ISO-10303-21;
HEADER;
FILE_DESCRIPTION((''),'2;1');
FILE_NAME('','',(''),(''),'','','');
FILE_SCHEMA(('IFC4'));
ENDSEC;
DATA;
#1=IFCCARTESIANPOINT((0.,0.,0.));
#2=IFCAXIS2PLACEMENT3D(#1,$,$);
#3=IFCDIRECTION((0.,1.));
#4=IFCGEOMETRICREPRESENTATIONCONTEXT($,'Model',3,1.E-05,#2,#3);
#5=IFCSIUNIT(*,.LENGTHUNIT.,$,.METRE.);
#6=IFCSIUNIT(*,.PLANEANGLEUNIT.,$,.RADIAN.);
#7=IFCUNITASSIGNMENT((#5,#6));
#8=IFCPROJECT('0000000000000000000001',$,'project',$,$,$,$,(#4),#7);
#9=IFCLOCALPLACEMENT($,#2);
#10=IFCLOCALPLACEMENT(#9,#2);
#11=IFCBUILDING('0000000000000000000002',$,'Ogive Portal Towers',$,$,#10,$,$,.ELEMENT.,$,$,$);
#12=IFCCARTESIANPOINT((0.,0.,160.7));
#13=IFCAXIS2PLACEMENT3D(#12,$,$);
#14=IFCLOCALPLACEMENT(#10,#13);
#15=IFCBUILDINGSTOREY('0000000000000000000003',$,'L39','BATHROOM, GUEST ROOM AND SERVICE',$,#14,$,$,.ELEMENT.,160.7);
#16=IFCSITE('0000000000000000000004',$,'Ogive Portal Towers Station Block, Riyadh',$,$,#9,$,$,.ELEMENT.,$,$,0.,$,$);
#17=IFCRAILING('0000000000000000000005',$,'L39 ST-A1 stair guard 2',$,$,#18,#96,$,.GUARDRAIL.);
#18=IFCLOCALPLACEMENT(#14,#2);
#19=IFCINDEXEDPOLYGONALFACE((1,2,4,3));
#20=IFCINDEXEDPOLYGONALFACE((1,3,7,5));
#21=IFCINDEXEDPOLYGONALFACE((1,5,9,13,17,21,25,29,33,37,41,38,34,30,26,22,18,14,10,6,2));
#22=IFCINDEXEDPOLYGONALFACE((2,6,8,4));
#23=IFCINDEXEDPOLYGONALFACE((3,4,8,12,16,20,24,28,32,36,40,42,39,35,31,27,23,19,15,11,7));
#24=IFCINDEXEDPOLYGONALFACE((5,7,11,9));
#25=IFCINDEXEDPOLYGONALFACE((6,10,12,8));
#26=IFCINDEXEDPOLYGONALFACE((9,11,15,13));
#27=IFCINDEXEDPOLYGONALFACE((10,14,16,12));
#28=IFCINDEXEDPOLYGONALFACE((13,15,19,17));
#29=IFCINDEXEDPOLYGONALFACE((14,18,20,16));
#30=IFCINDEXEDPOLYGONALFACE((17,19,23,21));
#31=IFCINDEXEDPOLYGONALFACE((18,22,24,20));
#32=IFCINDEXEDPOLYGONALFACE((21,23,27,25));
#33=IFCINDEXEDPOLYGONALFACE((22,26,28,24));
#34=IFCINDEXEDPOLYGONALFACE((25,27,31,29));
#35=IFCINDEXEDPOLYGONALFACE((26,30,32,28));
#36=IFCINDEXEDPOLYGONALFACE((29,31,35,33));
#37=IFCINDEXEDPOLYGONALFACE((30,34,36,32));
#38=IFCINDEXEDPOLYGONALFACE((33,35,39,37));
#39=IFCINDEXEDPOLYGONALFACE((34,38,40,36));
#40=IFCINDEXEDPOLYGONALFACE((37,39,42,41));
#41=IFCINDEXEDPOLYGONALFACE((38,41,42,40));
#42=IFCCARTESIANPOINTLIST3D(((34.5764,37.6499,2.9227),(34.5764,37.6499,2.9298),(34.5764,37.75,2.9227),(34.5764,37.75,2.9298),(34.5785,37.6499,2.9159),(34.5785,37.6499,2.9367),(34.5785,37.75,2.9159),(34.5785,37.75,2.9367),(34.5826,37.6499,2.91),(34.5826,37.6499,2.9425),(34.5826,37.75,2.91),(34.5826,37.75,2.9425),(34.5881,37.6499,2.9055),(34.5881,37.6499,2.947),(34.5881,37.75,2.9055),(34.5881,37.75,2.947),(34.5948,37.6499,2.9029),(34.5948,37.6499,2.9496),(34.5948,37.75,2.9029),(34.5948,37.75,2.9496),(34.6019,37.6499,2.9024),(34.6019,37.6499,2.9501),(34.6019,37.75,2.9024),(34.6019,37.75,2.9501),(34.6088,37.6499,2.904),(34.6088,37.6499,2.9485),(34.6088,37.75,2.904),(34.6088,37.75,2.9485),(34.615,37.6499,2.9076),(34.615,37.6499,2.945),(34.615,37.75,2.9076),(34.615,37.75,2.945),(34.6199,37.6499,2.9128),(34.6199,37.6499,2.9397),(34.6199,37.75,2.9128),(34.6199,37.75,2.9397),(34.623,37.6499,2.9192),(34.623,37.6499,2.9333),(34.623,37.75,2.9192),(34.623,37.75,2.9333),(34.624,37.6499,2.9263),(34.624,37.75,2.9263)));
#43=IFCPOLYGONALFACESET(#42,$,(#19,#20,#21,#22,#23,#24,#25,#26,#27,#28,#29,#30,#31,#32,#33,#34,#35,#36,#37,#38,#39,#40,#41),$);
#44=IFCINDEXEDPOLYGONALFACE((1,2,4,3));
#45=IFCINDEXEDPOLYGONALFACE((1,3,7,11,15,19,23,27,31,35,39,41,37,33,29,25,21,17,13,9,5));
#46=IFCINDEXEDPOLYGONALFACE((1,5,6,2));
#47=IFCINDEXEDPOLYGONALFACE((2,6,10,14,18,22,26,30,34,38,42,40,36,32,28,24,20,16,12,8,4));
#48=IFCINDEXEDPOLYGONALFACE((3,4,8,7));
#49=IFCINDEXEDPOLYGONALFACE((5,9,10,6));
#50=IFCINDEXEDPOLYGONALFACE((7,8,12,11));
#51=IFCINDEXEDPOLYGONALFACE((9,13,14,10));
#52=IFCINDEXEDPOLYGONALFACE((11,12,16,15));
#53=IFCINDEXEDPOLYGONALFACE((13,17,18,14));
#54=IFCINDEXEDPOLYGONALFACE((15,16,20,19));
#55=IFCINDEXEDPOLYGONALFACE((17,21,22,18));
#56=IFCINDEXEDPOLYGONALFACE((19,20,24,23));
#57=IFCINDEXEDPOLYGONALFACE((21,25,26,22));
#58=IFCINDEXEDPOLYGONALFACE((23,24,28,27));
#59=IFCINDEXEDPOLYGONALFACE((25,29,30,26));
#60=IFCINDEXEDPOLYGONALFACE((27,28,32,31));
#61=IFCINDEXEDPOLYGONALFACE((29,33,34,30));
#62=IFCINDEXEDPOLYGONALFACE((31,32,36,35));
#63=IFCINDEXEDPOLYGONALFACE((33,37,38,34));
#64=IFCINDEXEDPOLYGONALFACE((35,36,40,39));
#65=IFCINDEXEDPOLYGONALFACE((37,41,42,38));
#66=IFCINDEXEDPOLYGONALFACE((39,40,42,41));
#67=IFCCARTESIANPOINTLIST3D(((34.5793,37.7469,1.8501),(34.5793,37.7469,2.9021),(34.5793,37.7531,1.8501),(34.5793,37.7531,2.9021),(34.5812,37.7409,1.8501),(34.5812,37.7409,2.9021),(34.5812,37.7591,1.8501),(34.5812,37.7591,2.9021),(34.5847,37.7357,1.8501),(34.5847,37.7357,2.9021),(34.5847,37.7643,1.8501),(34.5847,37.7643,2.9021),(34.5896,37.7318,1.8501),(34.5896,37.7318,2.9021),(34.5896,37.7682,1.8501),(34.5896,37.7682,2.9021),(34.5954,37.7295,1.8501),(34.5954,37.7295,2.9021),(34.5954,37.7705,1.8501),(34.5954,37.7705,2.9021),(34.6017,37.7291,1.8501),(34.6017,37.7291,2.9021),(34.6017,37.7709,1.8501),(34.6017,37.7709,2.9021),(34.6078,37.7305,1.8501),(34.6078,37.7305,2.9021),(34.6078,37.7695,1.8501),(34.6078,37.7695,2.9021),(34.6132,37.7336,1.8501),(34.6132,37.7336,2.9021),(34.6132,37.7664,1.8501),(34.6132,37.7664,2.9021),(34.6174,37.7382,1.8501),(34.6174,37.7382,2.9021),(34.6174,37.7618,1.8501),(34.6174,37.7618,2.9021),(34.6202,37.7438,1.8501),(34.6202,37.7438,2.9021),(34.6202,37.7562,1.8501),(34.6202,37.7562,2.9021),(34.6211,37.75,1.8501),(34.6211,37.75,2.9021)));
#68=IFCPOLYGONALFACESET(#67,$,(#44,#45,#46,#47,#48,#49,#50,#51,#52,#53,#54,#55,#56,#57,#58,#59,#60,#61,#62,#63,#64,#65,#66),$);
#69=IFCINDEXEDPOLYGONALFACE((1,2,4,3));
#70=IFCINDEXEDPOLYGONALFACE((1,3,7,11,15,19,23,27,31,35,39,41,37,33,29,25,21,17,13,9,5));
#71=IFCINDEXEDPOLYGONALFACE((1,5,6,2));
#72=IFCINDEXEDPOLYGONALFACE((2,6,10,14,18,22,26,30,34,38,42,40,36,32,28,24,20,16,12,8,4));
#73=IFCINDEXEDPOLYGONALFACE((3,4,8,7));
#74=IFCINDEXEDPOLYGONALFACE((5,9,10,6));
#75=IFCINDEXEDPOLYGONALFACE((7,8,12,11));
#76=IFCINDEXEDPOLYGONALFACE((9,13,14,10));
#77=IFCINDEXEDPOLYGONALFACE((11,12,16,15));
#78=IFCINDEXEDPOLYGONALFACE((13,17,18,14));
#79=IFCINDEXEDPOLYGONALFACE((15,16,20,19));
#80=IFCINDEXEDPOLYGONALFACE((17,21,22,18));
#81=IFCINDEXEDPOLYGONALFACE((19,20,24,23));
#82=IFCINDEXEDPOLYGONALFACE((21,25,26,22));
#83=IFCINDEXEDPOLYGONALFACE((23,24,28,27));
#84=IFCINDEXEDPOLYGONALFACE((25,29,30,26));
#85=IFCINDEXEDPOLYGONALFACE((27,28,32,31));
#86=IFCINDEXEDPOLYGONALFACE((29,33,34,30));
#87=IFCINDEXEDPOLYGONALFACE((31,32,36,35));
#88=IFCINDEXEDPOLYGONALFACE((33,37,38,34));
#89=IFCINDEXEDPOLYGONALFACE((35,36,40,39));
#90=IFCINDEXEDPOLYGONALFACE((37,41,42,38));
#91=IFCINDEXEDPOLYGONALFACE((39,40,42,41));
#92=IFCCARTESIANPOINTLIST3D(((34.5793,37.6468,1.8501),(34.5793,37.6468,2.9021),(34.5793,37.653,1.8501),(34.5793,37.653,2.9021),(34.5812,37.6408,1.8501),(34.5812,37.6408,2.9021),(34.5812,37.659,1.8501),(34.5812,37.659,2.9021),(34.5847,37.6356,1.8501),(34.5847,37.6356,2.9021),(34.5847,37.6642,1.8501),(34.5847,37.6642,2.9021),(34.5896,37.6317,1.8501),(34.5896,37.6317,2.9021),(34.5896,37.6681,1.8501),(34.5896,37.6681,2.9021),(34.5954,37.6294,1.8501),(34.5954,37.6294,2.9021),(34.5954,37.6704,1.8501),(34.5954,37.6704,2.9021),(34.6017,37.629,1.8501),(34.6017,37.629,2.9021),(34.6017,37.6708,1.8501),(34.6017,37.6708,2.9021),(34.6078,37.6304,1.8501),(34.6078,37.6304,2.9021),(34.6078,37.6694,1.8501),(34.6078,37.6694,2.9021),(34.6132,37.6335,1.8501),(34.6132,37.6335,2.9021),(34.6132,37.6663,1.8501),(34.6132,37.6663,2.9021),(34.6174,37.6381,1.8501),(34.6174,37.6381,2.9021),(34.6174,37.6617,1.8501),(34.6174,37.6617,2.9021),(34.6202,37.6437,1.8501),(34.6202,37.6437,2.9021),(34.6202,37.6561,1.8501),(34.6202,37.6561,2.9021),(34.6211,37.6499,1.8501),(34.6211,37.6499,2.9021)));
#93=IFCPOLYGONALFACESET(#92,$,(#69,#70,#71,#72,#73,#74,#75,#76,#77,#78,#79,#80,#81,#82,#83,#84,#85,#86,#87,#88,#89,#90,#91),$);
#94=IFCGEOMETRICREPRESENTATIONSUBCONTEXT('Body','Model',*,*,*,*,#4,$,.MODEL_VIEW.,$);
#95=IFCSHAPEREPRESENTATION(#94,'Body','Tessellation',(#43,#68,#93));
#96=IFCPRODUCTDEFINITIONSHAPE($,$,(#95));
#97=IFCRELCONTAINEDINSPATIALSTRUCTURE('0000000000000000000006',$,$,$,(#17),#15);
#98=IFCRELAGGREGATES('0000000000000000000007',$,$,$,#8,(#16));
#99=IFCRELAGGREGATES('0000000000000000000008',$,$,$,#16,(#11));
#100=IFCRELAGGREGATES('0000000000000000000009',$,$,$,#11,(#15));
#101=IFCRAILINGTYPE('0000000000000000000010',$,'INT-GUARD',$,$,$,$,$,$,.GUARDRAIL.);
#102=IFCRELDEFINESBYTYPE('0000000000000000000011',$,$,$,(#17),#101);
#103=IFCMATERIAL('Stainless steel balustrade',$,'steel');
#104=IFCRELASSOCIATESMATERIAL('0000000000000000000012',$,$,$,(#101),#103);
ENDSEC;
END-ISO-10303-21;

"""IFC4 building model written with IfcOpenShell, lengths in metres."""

from ifc_helpers import new_model, si_unit, direction, frame, origin, origin_2d, place, context, subcontext, project, spatial, circle, extrude, material, type_object, element, save


model = new_model("IFC4")

# Units and contexts
model_context = context("Model", 3, precision=1e-05, world=origin(), true_north=direction((0.0, 1.0)))
body_context = subcontext(model_context, "Body", "Model", "MODEL_VIEW")
ifc_project = project(units=[si_unit("LENGTHUNIT", "METRE"), si_unit("PLANEANGLEUNIT", "RADIAN")], contexts=[model_context])

# Site, building, storey
site_placement = place(None, origin())
site = spatial("IfcSite", under=ifc_project, at=site_placement, Name="Ogive Portal Towers Station Block, Riyadh", CompositionType="ELEMENT", RefElevation=0.0)
building_placement = place(site_placement, origin())
building = spatial("IfcBuilding", under=site, at=building_placement, Name="Ogive Portal Towers", CompositionType="ELEMENT")
storey_placement = place(building_placement, frame((0.0, 0.0, 160.7)))
storey = spatial("IfcBuildingStorey", under=building, at=storey_placement, Name="L39", Description="BATHROOM, GUEST ROOM AND SERVICE", CompositionType="ELEMENT", Elevation=160.7)

# Railing
ifc_material_1 = material(Name="Stainless steel balustrade", Category="steel")
railing_type_1 = type_object("IfcRailingType", Name="INT-GUARD", PredefinedType="GUARDRAIL", material=ifc_material_1)
railing_1_placement = place(storey_placement, frame((34.6001, 37.75, 1.8501)))
element("IfcRailing", 1, at=railing_1_placement, inside=storey, type_object=railing_type_1, Name="L39 ST-A1 stair guard 2", PredefinedType="GUARDRAIL", context=body_context, shape_type="SweptSolid", body=[
    extrude(circle(Radius=0.0239, at=origin_2d()), frame((0.0, 0.0, 1.0762), z_axis=(0.0, -1.0, 0.0), x_axis=(1.0, 0.0, 0.0)), (0.0, 0.0, 1.0), 0.1001),
    extrude(circle(Radius=0.021, at=origin_2d()), origin(), (0.0, 0.0, 1.0), 1.052),
    extrude(circle(Radius=0.021, at=origin_2d()), frame((0.0, -0.1001, 0.0)), (0.0, 0.0, 1.0), 1.052),
])

save(model, "model.ifc")
